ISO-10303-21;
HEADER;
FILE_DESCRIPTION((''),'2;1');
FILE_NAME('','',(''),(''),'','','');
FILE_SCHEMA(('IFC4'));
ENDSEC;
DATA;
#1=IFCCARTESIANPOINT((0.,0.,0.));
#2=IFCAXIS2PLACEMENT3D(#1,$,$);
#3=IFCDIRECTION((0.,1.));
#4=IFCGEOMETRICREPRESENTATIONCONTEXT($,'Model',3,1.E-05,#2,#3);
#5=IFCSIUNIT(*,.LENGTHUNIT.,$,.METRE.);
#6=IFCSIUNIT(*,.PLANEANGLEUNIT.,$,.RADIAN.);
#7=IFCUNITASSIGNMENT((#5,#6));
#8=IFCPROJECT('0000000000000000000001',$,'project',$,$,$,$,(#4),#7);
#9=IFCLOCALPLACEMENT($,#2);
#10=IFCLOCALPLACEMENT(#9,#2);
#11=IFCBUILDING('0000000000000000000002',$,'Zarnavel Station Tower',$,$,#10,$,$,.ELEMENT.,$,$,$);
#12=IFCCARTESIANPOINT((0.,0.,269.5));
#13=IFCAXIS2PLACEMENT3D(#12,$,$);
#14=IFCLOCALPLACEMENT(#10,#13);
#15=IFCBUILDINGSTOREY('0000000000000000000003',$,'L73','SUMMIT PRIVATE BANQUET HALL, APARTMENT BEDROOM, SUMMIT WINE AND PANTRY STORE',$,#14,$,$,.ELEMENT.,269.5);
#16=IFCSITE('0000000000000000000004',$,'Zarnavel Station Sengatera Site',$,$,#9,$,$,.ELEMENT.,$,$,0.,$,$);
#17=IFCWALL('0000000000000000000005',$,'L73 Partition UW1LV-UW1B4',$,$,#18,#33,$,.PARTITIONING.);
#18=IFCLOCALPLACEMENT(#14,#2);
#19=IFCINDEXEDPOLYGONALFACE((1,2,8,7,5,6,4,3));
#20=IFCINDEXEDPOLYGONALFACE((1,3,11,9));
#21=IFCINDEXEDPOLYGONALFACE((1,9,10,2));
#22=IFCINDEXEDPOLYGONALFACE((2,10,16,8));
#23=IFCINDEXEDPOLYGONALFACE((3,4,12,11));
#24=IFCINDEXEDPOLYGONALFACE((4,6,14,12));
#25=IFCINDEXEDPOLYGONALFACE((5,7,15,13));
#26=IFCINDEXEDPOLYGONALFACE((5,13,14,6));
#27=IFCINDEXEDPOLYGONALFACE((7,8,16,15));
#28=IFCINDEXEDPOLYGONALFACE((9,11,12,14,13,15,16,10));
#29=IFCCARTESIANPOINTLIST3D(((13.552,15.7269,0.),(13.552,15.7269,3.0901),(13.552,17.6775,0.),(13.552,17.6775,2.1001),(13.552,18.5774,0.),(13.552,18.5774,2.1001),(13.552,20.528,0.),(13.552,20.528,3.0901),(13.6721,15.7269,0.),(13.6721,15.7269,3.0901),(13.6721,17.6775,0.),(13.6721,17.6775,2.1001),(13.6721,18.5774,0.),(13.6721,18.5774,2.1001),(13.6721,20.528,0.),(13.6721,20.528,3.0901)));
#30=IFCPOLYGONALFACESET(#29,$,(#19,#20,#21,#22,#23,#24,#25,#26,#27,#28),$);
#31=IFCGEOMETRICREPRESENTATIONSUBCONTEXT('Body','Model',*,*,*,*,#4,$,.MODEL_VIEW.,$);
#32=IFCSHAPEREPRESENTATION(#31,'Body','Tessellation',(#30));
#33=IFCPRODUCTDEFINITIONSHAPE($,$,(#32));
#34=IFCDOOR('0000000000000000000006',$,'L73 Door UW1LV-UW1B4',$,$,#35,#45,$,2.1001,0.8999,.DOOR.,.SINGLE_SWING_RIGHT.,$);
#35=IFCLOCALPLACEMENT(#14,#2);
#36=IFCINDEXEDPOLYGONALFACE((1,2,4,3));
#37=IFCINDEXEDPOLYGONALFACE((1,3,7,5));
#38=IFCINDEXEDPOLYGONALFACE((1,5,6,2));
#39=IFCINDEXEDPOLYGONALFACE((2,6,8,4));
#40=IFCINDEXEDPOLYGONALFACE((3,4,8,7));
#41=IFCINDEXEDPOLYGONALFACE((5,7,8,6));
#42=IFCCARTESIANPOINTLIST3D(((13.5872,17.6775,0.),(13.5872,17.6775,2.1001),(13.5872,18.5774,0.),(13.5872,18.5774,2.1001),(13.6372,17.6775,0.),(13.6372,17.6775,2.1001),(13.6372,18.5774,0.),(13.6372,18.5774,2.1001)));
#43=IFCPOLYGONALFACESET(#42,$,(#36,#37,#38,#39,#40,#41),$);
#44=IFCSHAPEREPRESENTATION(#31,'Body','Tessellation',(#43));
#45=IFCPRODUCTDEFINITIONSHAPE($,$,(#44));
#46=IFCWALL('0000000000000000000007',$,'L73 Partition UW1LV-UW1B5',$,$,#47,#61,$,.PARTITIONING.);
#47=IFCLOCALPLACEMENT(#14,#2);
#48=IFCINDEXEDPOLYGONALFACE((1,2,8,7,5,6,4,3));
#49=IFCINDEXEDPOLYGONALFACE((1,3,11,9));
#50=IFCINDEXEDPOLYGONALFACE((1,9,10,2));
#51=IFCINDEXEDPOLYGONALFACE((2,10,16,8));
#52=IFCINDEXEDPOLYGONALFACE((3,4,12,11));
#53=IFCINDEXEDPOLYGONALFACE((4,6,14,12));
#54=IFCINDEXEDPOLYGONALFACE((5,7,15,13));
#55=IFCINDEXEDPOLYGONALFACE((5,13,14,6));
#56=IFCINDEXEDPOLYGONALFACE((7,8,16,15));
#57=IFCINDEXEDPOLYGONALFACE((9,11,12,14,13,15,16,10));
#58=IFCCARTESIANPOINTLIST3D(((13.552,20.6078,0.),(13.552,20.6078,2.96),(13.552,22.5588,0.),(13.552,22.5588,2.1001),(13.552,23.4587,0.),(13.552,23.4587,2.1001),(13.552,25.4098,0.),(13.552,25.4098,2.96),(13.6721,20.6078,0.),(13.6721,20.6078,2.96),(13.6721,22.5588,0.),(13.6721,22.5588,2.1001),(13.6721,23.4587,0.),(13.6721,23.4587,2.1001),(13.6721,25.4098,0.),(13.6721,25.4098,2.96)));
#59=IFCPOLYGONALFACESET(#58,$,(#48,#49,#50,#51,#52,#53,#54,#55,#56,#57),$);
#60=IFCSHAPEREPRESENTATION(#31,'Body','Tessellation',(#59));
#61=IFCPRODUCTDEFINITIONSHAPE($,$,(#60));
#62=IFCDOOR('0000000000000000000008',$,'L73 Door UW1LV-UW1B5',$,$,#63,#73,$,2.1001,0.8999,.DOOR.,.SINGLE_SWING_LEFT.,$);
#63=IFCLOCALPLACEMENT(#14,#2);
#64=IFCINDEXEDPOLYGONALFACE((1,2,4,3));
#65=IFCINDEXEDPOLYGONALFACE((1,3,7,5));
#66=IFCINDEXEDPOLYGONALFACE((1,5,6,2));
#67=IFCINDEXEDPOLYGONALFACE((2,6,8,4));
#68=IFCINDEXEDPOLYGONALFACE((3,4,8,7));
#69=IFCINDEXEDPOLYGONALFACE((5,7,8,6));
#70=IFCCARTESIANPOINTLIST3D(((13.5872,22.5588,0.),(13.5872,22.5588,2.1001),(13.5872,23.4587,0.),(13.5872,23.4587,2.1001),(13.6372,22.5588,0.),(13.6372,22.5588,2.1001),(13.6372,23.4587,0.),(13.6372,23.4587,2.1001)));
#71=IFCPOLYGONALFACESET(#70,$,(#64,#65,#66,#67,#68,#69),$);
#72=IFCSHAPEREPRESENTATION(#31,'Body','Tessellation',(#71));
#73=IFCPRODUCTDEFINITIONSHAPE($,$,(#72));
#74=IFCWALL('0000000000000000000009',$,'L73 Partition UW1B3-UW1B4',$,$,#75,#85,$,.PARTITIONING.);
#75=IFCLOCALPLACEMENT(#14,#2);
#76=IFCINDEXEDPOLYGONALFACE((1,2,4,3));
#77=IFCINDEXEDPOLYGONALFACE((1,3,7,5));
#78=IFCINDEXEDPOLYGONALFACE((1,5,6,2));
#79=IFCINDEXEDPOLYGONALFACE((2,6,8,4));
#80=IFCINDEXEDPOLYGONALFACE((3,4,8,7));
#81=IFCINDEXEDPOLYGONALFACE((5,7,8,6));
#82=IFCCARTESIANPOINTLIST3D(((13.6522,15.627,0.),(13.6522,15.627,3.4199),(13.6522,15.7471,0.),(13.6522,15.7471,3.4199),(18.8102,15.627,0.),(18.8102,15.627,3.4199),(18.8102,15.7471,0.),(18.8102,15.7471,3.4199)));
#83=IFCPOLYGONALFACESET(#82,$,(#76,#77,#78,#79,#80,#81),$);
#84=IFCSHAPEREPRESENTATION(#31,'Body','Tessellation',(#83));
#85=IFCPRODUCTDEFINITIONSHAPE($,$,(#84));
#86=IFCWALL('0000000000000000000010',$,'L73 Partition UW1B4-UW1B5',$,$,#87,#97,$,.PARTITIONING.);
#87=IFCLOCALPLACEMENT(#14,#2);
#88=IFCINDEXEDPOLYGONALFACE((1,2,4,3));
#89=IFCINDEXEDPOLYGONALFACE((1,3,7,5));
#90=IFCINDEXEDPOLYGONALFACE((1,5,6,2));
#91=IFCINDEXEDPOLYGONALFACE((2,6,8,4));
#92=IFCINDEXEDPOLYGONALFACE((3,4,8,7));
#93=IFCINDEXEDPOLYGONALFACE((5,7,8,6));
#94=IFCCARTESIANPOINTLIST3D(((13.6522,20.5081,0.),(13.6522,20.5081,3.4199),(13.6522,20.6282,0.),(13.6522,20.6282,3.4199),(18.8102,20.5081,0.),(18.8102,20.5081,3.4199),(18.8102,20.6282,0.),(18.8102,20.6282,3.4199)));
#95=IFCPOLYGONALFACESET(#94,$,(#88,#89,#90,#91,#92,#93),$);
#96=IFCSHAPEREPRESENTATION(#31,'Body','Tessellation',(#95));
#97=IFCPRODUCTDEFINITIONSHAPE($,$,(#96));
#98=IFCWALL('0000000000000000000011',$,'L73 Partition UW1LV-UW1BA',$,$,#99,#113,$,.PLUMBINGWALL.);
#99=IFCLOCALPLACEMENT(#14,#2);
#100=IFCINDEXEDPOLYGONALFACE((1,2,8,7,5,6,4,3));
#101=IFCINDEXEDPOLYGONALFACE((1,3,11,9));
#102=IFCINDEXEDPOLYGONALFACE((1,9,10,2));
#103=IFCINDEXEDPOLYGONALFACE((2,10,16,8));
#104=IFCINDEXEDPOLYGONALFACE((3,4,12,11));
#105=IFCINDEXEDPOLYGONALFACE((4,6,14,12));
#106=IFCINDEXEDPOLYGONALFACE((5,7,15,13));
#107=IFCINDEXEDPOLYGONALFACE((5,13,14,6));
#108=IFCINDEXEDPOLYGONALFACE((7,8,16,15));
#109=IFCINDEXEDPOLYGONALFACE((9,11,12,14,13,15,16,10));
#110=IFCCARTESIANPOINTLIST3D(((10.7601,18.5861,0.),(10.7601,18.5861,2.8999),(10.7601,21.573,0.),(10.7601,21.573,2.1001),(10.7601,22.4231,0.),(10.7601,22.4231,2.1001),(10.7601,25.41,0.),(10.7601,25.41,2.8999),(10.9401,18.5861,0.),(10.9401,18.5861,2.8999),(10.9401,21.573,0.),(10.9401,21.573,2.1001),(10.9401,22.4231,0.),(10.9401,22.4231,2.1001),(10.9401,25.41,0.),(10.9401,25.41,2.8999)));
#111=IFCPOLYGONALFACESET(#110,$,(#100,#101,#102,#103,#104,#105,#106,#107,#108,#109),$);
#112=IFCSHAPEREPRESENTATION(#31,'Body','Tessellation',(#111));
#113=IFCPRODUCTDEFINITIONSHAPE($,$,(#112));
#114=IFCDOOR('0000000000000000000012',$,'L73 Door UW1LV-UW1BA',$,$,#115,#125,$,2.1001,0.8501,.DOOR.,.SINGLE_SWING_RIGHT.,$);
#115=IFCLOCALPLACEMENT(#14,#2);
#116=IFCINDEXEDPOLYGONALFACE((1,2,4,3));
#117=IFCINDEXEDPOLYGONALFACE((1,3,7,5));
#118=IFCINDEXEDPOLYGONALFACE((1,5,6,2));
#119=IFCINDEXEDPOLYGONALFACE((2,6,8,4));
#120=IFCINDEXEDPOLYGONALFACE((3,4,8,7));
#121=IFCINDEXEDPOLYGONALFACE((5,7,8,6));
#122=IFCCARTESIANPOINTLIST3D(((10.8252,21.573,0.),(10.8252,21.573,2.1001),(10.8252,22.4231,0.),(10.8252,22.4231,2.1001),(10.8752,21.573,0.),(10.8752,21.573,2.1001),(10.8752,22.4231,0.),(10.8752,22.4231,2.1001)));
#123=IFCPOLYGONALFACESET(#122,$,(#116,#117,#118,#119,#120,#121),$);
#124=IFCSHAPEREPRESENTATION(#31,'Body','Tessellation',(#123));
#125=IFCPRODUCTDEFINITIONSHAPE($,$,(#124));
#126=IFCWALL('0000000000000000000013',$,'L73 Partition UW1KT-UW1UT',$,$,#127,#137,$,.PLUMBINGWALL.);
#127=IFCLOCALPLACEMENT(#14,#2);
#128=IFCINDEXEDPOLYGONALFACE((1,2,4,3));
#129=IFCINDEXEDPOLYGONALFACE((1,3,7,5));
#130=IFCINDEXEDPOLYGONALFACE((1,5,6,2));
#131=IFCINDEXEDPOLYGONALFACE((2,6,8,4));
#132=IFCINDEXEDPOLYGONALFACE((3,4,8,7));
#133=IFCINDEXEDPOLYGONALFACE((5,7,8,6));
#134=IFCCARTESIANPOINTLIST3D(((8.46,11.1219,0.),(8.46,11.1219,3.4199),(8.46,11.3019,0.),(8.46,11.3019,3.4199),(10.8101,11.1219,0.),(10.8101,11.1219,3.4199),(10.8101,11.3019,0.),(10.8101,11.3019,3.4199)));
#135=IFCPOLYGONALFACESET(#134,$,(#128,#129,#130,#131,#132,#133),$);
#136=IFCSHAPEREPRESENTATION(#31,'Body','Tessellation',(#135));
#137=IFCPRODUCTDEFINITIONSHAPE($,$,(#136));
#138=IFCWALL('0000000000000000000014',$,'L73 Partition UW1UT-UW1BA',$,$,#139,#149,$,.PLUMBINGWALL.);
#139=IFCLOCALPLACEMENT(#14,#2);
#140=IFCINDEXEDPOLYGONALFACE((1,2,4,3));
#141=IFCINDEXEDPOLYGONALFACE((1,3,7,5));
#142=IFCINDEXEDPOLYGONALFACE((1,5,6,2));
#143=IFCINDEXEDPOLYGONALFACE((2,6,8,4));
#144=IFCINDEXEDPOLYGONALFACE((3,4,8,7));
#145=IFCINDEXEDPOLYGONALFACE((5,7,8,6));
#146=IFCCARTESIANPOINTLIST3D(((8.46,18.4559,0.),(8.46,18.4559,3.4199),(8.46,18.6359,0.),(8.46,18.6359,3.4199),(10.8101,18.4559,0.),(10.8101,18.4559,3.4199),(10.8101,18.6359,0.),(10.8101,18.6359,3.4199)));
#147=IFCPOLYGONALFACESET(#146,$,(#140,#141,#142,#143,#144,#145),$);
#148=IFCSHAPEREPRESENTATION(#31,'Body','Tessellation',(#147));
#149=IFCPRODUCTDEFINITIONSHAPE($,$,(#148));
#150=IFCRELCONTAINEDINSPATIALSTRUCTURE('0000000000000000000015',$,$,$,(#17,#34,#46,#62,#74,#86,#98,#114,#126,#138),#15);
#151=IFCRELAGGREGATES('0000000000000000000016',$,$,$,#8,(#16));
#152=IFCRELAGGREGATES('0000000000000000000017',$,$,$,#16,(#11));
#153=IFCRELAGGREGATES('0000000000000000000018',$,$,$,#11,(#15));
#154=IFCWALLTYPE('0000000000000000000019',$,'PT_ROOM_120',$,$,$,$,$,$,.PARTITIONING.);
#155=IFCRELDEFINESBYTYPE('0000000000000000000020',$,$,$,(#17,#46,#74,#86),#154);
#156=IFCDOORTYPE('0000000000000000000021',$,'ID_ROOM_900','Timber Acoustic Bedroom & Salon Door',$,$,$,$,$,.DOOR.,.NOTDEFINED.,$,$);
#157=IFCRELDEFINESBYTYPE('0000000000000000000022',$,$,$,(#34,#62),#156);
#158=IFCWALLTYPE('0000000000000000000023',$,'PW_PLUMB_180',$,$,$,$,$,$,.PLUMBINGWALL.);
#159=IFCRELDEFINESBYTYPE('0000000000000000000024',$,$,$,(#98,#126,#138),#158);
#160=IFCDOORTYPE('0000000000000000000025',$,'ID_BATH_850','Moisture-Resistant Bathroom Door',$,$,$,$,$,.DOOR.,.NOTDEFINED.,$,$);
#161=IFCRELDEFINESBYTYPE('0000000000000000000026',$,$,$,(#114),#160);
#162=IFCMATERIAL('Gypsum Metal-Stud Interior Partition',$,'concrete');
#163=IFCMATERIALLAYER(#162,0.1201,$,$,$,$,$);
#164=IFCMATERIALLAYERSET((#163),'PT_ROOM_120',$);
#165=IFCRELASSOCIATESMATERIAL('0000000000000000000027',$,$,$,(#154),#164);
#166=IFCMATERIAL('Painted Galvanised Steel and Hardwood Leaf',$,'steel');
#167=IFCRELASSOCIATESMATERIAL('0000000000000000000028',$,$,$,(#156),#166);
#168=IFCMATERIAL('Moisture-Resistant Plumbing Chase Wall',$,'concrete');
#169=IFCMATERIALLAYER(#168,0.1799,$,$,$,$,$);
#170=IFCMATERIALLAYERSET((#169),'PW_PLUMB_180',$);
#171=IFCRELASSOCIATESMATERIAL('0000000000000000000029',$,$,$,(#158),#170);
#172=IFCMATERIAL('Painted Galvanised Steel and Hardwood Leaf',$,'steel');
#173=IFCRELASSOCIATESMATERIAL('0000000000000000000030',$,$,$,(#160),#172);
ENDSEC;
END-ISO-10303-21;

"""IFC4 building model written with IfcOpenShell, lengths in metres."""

from ifc_helpers import new_model, si_unit, direction, frame, frame_2d, origin, place, context, subcontext, project, spatial, rectangle, extrude, material, layer, layer_set, type_object, element, fill, save


model = new_model("IFC4")

# Units and contexts
model_context = context("Model", 3, precision=1e-05, world=origin(), true_north=direction((0.0, 1.0)))
body_context = subcontext(model_context, "Body", "Model", "MODEL_VIEW")
ifc_project = project(units=[si_unit("LENGTHUNIT", "METRE"), si_unit("PLANEANGLEUNIT", "RADIAN")], contexts=[model_context])

# Site, building, storey
site_placement = place(None, origin())
site = spatial("IfcSite", under=ifc_project, at=site_placement, Name="Zarnavel Station Sengatera Site", CompositionType="ELEMENT", RefElevation=0.0)
building_placement = place(site_placement, origin())
building = spatial("IfcBuilding", under=site, at=building_placement, Name="Zarnavel Station Tower", CompositionType="ELEMENT")
storey_placement = place(building_placement, frame((0.0, 0.0, 269.5)))
storey = spatial("IfcBuildingStorey", under=building, at=storey_placement, Name="L73", Description="SUMMIT PRIVATE BANQUET HALL, APARTMENT BEDROOM, SUMMIT WINE AND PANTRY STORE", CompositionType="ELEMENT", Elevation=269.5)

# Walls, openings, doors
ifc_material_1 = material(Name="Gypsum Metal-Stud Interior Partition", Category="concrete")
ifc_layer_1 = layer(ifc_material_1, 0.1201)
ifc_layer_set_1 = layer_set([ifc_layer_1], Name="PT_ROOM_120")
wall_type_1 = type_object("IfcWallType", Name="PT_ROOM_120", PredefinedType="PARTITIONING", material=ifc_layer_set_1)
ifc_material_2 = material(Name="Painted Galvanised Steel and Hardwood Leaf", Category="steel")
door_type_1 = type_object("IfcDoorType", Name="ID_ROOM_900", Description="Timber Acoustic Bedroom & Salon Door", OperationType="NOTDEFINED", PredefinedType="DOOR", material=ifc_material_2)
wall_1_placement = place(storey_placement, frame((13.6121, 15.7271, 0.0), z_axis=(0.0, 0.0, 1.0), x_axis=(0.0, 1.0, 0.0)))
wall_1 = element("IfcWall", 1, at=wall_1_placement, inside=storey, type_object=wall_type_1, Name="L73 Partition UW1LV-UW1B4", PredefinedType="PARTITIONING", context=body_context, shape_type="SweptSolid", body=[
    extrude(rectangle(XDim=4.801, YDim=0.1201, at=frame_2d((2.4004, 0.0))), origin(), (0.0, 0.0, 1.0), 3.0901),
])
opening_1_placement = place(wall_1_placement, frame((1.9504, 0.0, 0.0)))
opening_1 = element("IfcOpeningElement", 2, at=opening_1_placement, cuts=wall_1, PredefinedType="OPENING", context=body_context, shape_type="SweptSolid", body=[
    extrude(rectangle(XDim=0.8999, YDim=2.1001, at=frame_2d((0.45, 1.05))), frame((0.0, 0.0701, 0.0), z_axis=(0.0, -1.0, 0.0), x_axis=(1.0, 0.0, 0.0)), (0.0, 0.0, 1.0), 0.1401),
])
door_1_placement = place(opening_1_placement, origin())
door_1 = element("IfcDoor", 3, at=door_1_placement, inside=storey, type_object=door_type_1, Name="L73 Door UW1LV-UW1B4", OperationType="SINGLE_SWING_RIGHT", OverallHeight=2.1001, OverallWidth=0.8999, PredefinedType="DOOR", context=body_context, shape_type="SweptSolid", body=[
    extrude(rectangle(XDim=0.8999, YDim=2.1001, at=frame_2d((0.45, 1.05))), frame((0.0, 0.0249, 0.0), z_axis=(0.0, -1.0, 0.0), x_axis=(1.0, 0.0, 0.0)), (0.0, 0.0, 1.0), 0.05),
])
fill(opening_1, door_1)
wall_2_placement = place(storey_placement, frame((13.6121, 20.6079, 0.0), z_axis=(0.0, 0.0, 1.0), x_axis=(0.0, 1.0, 0.0)))
wall_2 = element("IfcWall", 4, at=wall_2_placement, inside=storey, type_object=wall_type_1, Name="L73 Partition UW1LV-UW1B5", PredefinedType="PARTITIONING", context=body_context, shape_type="SweptSolid", body=[
    extrude(rectangle(XDim=4.802, YDim=0.1201, at=frame_2d((2.4009, 0.0))), origin(), (0.0, 0.0, 1.0), 2.96),
])
opening_2_placement = place(wall_2_placement, frame((1.9509, 0.0, 0.0)))
opening_2 = element("IfcOpeningElement", 5, at=opening_2_placement, cuts=wall_2, PredefinedType="OPENING", context=body_context, shape_type="SweptSolid", body=[
    extrude(rectangle(XDim=0.8999, YDim=2.1001, at=frame_2d((0.45, 1.05))), frame((0.0, 0.0701, 0.0), z_axis=(0.0, -1.0, 0.0), x_axis=(1.0, 0.0, 0.0)), (0.0, 0.0, 1.0), 0.1401),
])
door_2_placement = place(opening_2_placement, origin())
door_2 = element("IfcDoor", 6, at=door_2_placement, inside=storey, type_object=door_type_1, Name="L73 Door UW1LV-UW1B5", OperationType="SINGLE_SWING_LEFT", OverallHeight=2.1001, OverallWidth=0.8999, PredefinedType="DOOR", context=body_context, shape_type="SweptSolid", body=[
    extrude(rectangle(XDim=0.8999, YDim=2.1001, at=frame_2d((0.45, 1.05))), frame((0.0, 0.0249, 0.0), z_axis=(0.0, -1.0, 0.0), x_axis=(1.0, 0.0, 0.0)), (0.0, 0.0, 1.0), 0.05),
])
fill(opening_2, door_2)

# Walls
for number, where, z_axis, x_axis, name in (
    (7, (13.6521, 15.687, 0.0), (0.0, 0.0, 1.0), (1.0, 0.0, 0.0), "L73 Partition UW1B3-UW1B4"),
    (8, (13.6521, 20.5681, 0.0), (0.0, 0.0, 1.0), (1.0, 0.0, 0.0), "L73 Partition UW1B4-UW1B5"),
):
    element("IfcWall", number, at=place(storey_placement, frame(where, z_axis=z_axis, x_axis=x_axis)), inside=storey, type_object=wall_type_1, Name=name, PredefinedType="PARTITIONING", context=body_context, shape_type="SweptSolid", body=[
        extrude(rectangle(XDim=5.158, YDim=0.1201, at=frame_2d((2.5791, 0.0))), origin(), (0.0, 0.0, 1.0), 3.4199),
    ])

# Wall, opening, door
ifc_material_3 = material(Name="Moisture-Resistant Plumbing Chase Wall", Category="concrete")
ifc_layer_2 = layer(ifc_material_3, 0.1799)
ifc_layer_set_2 = layer_set([ifc_layer_2], Name="PW_PLUMB_180")
wall_type_2 = type_object("IfcWallType", Name="PW_PLUMB_180", PredefinedType="PLUMBINGWALL", material=ifc_layer_set_2)
wall_3_placement = place(storey_placement, frame((10.8501, 18.5859, 0.0), z_axis=(0.0, 0.0, 1.0), x_axis=(0.0, 1.0, 0.0)))
wall_3 = element("IfcWall", 9, at=wall_3_placement, inside=storey, type_object=wall_type_2, Name="L73 Partition UW1LV-UW1BA", PredefinedType="PLUMBINGWALL", context=body_context, shape_type="SweptSolid", body=[
    extrude(rectangle(XDim=6.824, YDim=0.1799, at=frame_2d((3.4121, 0.0))), origin(), (0.0, 0.0, 1.0), 2.8999),
])
opening_3_placement = place(wall_3_placement, frame((2.9871, 0.0, 0.0)))
opening_3 = element("IfcOpeningElement", 10, at=opening_3_placement, cuts=wall_3, PredefinedType="OPENING", context=body_context, shape_type="SweptSolid", body=[
    extrude(rectangle(XDim=0.8501, YDim=2.1001, at=frame_2d((0.425, 1.05))), frame((0.0, 0.0999, 0.0), z_axis=(0.0, -1.0, 0.0), x_axis=(1.0, 0.0, 0.0)), (0.0, 0.0, 1.0), 0.2),
])
ifc_material_4 = material(Name="Painted Galvanised Steel and Hardwood Leaf", Category="steel")
door_type_2 = type_object("IfcDoorType", Name="ID_BATH_850", Description="Moisture-Resistant Bathroom Door", OperationType="NOTDEFINED", PredefinedType="DOOR", material=ifc_material_4)
door_3_placement = place(opening_3_placement, origin())
door_3 = element("IfcDoor", 11, at=door_3_placement, inside=storey, type_object=door_type_2, Name="L73 Door UW1LV-UW1BA", OperationType="SINGLE_SWING_RIGHT", OverallHeight=2.1001, OverallWidth=0.8501, PredefinedType="DOOR", context=body_context, shape_type="SweptSolid", body=[
    extrude(rectangle(XDim=0.8501, YDim=2.1001, at=frame_2d((0.425, 1.05))), frame((0.0, 0.0249, 0.0), z_axis=(0.0, -1.0, 0.0), x_axis=(1.0, 0.0, 0.0)), (0.0, 0.0, 1.0), 0.05),
])
fill(opening_3, door_3)

# Walls
for number, where, z_axis, x_axis, name in (
    (12, (8.46, 11.2119, 0.0), (0.0, 0.0, 1.0), (1.0, 0.0, 0.0), "L73 Partition UW1KT-UW1UT"),
    (13, (8.46, 18.5459, 0.0), (0.0, 0.0, 1.0), (1.0, 0.0, 0.0), "L73 Partition UW1UT-UW1BA"),
):
    element("IfcWall", number, at=place(storey_placement, frame(where, z_axis=z_axis, x_axis=x_axis)), inside=storey, type_object=wall_type_2, Name=name, PredefinedType="PLUMBINGWALL", context=body_context, shape_type="SweptSolid", body=[
        extrude(rectangle(XDim=2.3501, YDim=0.1799, at=frame_2d((1.175, 0.0))), origin(), (0.0, 0.0, 1.0), 3.4199),
    ])

save(model, "model.ifc")
